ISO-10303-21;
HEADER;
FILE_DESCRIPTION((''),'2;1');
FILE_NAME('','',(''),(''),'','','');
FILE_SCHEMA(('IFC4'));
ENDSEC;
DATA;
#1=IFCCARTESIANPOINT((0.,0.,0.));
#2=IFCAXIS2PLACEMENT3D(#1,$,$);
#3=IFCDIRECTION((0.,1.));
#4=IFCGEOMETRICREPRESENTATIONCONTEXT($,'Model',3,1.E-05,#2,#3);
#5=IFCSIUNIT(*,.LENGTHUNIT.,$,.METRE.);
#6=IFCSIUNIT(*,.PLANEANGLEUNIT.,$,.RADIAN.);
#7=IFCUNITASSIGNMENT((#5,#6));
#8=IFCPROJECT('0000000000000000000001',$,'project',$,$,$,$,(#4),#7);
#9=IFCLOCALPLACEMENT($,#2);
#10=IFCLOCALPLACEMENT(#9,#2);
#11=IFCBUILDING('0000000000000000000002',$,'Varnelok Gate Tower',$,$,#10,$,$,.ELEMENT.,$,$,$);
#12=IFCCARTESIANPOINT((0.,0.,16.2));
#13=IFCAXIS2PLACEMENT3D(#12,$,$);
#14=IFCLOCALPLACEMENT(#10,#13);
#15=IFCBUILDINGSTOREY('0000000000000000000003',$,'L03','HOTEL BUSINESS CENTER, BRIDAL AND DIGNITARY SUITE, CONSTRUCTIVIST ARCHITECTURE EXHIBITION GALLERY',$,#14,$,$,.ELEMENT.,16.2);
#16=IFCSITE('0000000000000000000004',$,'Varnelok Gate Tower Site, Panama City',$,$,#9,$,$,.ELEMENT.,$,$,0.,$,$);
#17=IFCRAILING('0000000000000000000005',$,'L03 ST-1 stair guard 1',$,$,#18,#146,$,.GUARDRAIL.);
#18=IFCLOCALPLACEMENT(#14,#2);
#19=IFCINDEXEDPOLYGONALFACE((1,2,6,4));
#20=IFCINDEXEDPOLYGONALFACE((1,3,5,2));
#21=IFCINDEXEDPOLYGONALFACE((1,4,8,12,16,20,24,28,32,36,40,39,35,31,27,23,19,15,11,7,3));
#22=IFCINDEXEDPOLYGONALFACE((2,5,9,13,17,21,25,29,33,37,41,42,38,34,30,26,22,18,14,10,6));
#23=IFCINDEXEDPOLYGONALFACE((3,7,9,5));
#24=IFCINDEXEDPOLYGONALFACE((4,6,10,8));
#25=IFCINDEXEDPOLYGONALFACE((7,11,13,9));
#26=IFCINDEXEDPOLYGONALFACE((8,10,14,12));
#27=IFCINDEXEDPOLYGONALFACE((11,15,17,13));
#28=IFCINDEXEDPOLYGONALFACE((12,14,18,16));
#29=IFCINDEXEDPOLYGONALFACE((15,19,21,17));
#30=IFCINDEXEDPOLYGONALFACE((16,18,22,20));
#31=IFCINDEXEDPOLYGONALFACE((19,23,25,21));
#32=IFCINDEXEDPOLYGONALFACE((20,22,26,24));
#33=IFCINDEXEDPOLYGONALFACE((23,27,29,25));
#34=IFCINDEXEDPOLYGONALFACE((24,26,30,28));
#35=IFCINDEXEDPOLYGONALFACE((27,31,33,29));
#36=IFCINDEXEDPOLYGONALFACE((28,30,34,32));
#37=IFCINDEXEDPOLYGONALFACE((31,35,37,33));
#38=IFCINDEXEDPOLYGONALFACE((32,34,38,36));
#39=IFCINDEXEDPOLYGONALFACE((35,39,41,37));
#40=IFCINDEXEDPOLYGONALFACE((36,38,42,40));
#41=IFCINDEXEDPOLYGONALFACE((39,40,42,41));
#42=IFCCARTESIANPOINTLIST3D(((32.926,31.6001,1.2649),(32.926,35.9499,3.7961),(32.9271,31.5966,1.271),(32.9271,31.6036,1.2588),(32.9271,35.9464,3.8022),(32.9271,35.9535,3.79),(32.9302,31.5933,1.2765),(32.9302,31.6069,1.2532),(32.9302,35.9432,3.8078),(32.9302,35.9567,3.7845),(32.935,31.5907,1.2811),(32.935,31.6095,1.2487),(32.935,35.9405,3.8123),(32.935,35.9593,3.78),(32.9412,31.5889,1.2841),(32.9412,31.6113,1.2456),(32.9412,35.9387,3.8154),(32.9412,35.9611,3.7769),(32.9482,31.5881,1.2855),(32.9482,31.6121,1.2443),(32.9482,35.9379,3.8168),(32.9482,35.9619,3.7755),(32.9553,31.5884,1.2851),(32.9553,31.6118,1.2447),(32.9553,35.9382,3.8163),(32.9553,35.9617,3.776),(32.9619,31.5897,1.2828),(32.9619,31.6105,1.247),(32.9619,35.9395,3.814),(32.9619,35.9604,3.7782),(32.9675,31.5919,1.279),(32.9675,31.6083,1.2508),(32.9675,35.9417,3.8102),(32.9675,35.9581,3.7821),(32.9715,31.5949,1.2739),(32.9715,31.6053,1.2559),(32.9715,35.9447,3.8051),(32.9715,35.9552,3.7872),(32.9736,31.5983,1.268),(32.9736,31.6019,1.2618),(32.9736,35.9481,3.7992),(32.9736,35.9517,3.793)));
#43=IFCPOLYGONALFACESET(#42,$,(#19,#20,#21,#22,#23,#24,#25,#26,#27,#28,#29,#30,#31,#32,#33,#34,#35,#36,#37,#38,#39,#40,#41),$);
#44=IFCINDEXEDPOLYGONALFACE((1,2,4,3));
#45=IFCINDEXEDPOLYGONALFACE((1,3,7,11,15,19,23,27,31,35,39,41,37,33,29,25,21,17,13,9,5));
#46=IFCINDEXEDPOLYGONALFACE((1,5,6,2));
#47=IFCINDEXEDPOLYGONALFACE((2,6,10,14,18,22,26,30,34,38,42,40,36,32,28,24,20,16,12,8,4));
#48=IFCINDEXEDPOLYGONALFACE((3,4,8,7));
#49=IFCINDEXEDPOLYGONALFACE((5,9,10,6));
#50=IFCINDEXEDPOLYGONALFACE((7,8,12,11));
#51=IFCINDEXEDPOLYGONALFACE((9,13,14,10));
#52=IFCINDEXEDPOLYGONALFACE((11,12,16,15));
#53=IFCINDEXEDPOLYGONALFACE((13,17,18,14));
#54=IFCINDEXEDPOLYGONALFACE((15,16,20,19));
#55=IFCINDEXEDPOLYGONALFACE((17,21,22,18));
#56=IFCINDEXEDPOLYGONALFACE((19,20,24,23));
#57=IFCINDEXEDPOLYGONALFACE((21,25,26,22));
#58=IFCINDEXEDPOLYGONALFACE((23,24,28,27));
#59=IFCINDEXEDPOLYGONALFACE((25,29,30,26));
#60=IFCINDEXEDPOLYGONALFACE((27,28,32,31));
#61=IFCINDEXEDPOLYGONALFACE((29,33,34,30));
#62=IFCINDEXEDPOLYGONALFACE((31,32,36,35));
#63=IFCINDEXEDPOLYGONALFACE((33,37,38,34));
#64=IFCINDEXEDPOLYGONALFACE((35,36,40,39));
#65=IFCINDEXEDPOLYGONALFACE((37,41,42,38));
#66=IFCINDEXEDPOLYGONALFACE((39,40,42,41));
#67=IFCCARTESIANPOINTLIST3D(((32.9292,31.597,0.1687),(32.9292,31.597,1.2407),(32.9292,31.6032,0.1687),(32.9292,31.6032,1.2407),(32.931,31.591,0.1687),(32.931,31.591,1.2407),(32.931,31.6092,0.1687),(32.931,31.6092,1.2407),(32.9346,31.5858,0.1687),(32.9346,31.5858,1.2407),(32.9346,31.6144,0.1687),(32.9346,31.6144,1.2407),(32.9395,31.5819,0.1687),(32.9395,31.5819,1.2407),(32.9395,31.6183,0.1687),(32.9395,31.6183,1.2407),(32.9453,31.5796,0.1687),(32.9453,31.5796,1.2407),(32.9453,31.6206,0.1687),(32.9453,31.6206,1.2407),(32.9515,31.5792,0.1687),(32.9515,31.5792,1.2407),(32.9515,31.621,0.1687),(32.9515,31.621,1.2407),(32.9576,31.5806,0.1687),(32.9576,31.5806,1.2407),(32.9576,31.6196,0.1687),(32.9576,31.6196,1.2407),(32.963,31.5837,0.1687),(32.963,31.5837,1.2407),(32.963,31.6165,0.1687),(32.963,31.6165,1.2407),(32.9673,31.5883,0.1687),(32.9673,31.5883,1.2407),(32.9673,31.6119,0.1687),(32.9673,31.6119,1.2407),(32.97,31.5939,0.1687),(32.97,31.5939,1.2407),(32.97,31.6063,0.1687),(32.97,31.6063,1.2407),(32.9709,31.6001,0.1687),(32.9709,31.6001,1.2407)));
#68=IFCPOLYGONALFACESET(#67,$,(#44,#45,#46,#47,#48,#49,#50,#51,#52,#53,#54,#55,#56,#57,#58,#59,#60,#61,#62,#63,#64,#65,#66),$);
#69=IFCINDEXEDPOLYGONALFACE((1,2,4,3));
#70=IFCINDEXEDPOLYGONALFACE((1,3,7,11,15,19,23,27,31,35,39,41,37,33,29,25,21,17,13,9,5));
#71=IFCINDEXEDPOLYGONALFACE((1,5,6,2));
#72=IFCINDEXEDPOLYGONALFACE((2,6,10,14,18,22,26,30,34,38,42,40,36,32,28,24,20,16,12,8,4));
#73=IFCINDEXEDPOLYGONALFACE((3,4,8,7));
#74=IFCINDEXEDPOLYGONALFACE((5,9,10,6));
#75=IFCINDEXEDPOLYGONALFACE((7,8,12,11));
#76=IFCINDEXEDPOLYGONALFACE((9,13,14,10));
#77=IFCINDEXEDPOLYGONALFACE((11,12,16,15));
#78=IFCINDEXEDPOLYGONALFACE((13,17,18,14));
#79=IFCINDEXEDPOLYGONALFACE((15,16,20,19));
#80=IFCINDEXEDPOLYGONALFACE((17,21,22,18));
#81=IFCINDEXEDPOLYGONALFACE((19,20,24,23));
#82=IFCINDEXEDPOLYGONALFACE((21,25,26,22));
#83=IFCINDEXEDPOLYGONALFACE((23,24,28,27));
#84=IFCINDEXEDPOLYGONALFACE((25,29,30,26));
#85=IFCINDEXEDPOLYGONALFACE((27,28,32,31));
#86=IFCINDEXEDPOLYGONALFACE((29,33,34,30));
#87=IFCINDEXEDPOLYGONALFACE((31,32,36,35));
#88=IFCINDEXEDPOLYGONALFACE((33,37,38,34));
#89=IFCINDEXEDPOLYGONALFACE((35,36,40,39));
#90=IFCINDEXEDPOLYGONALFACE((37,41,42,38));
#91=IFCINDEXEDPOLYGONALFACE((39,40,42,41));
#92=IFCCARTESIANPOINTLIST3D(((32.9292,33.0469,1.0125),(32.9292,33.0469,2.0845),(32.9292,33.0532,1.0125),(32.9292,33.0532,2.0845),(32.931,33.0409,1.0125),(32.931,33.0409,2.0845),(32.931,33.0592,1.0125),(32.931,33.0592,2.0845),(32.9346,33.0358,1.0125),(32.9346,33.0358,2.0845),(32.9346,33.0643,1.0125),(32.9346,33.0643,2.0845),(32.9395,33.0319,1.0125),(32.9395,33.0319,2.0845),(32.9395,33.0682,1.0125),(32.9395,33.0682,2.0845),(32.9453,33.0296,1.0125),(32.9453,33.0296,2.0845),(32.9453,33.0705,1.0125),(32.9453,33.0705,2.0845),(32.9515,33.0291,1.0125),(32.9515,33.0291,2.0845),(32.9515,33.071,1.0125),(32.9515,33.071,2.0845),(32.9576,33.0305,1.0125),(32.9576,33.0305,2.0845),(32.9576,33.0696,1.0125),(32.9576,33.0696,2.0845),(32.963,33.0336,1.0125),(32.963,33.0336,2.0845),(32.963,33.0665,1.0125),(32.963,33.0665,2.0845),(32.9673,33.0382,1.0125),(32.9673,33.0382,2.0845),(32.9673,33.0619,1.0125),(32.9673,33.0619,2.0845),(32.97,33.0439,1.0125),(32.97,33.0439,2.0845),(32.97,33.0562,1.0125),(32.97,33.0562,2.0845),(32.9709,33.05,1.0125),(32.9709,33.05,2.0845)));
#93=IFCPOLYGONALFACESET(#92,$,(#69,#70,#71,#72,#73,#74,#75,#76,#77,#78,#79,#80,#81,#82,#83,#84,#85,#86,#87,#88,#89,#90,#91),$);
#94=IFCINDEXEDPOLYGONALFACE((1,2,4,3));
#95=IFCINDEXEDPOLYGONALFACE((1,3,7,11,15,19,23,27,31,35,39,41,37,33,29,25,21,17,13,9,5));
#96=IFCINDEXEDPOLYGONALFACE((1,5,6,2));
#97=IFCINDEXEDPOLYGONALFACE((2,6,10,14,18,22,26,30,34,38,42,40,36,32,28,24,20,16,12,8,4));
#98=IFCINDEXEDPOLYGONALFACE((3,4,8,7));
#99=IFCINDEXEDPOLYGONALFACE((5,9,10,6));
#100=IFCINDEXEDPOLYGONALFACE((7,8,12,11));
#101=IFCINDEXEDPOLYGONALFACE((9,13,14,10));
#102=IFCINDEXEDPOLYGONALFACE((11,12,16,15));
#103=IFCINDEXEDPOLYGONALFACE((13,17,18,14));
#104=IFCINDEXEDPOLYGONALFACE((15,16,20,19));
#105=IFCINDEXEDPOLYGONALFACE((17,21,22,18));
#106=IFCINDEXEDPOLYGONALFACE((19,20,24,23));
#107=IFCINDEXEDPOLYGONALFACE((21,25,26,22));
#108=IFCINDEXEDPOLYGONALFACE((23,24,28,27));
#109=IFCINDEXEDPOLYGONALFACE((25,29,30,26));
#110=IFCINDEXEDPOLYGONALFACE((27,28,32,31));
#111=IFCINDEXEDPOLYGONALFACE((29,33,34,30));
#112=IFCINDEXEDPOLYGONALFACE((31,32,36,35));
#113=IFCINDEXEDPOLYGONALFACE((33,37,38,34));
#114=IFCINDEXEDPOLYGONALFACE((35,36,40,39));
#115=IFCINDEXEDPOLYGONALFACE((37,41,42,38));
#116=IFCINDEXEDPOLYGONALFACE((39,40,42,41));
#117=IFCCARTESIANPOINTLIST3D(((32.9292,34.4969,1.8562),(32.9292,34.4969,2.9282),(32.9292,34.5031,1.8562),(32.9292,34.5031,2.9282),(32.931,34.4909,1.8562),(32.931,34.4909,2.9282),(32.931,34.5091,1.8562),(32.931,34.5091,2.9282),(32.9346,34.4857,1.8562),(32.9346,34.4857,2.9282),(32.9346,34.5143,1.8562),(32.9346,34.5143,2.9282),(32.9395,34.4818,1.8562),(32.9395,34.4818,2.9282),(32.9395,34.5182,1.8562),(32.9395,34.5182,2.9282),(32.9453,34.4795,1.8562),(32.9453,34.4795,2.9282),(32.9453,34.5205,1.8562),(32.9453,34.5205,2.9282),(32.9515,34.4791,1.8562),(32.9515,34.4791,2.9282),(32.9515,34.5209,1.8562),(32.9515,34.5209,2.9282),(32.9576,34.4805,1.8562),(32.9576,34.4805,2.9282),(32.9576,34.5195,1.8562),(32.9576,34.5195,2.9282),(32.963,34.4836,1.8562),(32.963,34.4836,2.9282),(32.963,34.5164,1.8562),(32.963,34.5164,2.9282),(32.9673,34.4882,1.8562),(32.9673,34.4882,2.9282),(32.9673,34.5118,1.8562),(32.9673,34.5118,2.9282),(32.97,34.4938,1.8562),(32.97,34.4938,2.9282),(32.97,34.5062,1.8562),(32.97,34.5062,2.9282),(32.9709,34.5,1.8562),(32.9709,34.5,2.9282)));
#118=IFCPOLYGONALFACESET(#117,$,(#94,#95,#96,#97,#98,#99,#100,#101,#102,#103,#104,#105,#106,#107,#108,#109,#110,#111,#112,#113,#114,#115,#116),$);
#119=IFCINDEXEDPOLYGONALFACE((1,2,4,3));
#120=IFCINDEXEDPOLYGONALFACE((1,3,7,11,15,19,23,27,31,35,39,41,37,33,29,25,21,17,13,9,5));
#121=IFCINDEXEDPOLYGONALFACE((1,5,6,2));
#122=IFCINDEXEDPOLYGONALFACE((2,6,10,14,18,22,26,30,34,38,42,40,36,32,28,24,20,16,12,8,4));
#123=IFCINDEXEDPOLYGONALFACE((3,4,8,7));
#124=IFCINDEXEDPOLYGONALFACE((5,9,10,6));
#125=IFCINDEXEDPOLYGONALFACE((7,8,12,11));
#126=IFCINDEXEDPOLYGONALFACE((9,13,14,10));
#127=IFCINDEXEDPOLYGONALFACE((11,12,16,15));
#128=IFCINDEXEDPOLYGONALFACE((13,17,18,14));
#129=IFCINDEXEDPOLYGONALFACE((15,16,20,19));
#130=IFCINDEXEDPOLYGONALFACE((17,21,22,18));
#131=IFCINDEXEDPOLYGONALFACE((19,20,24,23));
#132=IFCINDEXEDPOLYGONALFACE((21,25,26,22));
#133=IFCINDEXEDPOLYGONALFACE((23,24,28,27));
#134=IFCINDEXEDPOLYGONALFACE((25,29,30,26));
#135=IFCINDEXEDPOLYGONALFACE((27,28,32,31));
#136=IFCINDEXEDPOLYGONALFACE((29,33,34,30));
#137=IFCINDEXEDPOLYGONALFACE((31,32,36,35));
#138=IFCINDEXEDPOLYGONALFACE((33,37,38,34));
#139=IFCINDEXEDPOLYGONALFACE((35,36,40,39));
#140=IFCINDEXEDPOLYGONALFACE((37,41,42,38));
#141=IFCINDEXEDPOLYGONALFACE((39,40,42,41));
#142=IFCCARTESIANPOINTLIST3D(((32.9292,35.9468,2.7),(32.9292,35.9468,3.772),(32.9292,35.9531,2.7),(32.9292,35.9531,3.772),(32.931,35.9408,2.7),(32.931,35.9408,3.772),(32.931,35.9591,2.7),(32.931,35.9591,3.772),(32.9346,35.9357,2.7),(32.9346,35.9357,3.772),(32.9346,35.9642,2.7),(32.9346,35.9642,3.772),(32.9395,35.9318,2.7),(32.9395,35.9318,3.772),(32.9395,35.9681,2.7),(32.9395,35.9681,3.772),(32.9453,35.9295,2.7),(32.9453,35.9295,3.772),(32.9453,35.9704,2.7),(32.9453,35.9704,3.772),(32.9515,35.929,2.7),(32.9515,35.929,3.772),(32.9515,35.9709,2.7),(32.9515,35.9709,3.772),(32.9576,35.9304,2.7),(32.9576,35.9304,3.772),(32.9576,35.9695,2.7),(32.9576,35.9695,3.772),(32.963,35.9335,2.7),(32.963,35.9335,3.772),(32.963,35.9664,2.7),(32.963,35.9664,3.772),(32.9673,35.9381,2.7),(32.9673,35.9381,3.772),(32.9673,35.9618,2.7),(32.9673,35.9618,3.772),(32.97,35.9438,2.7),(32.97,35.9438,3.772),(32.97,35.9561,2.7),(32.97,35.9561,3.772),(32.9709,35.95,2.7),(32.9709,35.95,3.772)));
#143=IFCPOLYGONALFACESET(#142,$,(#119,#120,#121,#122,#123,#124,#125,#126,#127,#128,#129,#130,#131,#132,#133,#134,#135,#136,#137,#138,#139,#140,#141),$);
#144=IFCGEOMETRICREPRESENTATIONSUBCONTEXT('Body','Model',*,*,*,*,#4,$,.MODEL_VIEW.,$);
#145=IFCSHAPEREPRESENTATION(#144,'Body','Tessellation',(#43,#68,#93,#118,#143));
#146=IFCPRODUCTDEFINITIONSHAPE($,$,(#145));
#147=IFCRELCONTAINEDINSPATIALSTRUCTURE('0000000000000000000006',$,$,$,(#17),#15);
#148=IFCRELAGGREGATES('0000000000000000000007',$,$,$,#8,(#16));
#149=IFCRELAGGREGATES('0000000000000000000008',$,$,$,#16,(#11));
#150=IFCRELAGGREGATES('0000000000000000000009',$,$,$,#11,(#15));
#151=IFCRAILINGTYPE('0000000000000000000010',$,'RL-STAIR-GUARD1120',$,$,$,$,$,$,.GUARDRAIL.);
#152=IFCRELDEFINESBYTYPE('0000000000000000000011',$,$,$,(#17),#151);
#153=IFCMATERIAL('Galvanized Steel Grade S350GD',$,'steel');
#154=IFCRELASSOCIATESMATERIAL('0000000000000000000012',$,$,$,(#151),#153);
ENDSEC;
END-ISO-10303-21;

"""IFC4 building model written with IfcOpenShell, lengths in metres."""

from ifc_helpers import new_model, si_unit, direction, frame, origin, origin_2d, place, context, subcontext, project, spatial, circle, extrude, material, type_object, element, save


model = new_model("IFC4")

# Units and contexts
model_context = context("Model", 3, precision=1e-05, world=origin(), true_north=direction((0.0, 1.0)))
body_context = subcontext(model_context, "Body", "Model", "MODEL_VIEW")
ifc_project = project(units=[si_unit("LENGTHUNIT", "METRE"), si_unit("PLANEANGLEUNIT", "RADIAN")], contexts=[model_context])

# Site, building, storey
site_placement = place(None, origin())
site = spatial("IfcSite", under=ifc_project, at=site_placement, Name="Varnelok Gate Tower Site, Panama City", CompositionType="ELEMENT", RefElevation=0.0)
building_placement = place(site_placement, origin())
building = spatial("IfcBuilding", under=site, at=building_placement, Name="Varnelok Gate Tower", CompositionType="ELEMENT")
storey_placement = place(building_placement, frame((0.0, 0.0, 16.2)))
storey = spatial("IfcBuildingStorey", under=building, at=storey_placement, Name="L03", Description="HOTEL BUSINESS CENTER, BRIDAL AND DIGNITARY SUITE, CONSTRUCTIVIST ARCHITECTURE EXHIBITION GALLERY", CompositionType="ELEMENT", Elevation=16.2)

# Shared definitions
ifc_material_1 = material(Name="Galvanized Steel Grade S350GD", Category="steel")

# Railing
railing_type_1 = type_object("IfcRailingType", Name="RL-STAIR-GUARD1120", PredefinedType="GUARDRAIL", material=ifc_material_1)
railing_1_placement = place(storey_placement, frame((32.95, 31.6001, 0.1687)))
element("IfcRailing", 1, at=railing_1_placement, inside=storey, type_object=railing_type_1, Name="L03 ST-1 stair guard 1", PredefinedType="GUARDRAIL", context=body_context, shape_type="SweptSolid", body=[
    extrude(circle(Radius=0.0239, at=origin_2d()), frame((0.0, 0.0, 1.0962), z_axis=(0.0, 0.864312, 0.502957), x_axis=(-1.0, 0.0, 0.0)), (0.0, 0.0, 1.0), 5.0327),
    extrude(circle(Radius=0.021, at=origin_2d()), origin(), (0.0, 0.0, 1.0), 1.072),
    extrude(circle(Radius=0.021, at=origin_2d()), frame((0.0, 1.45, 0.8438)), (0.0, 0.0, 1.0), 1.072),
    extrude(circle(Radius=0.021, at=origin_2d()), frame((0.0, 2.8999, 1.6875)), (0.0, 0.0, 1.0), 1.072),
    extrude(circle(Radius=0.021, at=origin_2d()), frame((0.0, 4.3499, 2.5312)), (0.0, 0.0, 1.0), 1.072),
])

save(model, "model.ifc")
